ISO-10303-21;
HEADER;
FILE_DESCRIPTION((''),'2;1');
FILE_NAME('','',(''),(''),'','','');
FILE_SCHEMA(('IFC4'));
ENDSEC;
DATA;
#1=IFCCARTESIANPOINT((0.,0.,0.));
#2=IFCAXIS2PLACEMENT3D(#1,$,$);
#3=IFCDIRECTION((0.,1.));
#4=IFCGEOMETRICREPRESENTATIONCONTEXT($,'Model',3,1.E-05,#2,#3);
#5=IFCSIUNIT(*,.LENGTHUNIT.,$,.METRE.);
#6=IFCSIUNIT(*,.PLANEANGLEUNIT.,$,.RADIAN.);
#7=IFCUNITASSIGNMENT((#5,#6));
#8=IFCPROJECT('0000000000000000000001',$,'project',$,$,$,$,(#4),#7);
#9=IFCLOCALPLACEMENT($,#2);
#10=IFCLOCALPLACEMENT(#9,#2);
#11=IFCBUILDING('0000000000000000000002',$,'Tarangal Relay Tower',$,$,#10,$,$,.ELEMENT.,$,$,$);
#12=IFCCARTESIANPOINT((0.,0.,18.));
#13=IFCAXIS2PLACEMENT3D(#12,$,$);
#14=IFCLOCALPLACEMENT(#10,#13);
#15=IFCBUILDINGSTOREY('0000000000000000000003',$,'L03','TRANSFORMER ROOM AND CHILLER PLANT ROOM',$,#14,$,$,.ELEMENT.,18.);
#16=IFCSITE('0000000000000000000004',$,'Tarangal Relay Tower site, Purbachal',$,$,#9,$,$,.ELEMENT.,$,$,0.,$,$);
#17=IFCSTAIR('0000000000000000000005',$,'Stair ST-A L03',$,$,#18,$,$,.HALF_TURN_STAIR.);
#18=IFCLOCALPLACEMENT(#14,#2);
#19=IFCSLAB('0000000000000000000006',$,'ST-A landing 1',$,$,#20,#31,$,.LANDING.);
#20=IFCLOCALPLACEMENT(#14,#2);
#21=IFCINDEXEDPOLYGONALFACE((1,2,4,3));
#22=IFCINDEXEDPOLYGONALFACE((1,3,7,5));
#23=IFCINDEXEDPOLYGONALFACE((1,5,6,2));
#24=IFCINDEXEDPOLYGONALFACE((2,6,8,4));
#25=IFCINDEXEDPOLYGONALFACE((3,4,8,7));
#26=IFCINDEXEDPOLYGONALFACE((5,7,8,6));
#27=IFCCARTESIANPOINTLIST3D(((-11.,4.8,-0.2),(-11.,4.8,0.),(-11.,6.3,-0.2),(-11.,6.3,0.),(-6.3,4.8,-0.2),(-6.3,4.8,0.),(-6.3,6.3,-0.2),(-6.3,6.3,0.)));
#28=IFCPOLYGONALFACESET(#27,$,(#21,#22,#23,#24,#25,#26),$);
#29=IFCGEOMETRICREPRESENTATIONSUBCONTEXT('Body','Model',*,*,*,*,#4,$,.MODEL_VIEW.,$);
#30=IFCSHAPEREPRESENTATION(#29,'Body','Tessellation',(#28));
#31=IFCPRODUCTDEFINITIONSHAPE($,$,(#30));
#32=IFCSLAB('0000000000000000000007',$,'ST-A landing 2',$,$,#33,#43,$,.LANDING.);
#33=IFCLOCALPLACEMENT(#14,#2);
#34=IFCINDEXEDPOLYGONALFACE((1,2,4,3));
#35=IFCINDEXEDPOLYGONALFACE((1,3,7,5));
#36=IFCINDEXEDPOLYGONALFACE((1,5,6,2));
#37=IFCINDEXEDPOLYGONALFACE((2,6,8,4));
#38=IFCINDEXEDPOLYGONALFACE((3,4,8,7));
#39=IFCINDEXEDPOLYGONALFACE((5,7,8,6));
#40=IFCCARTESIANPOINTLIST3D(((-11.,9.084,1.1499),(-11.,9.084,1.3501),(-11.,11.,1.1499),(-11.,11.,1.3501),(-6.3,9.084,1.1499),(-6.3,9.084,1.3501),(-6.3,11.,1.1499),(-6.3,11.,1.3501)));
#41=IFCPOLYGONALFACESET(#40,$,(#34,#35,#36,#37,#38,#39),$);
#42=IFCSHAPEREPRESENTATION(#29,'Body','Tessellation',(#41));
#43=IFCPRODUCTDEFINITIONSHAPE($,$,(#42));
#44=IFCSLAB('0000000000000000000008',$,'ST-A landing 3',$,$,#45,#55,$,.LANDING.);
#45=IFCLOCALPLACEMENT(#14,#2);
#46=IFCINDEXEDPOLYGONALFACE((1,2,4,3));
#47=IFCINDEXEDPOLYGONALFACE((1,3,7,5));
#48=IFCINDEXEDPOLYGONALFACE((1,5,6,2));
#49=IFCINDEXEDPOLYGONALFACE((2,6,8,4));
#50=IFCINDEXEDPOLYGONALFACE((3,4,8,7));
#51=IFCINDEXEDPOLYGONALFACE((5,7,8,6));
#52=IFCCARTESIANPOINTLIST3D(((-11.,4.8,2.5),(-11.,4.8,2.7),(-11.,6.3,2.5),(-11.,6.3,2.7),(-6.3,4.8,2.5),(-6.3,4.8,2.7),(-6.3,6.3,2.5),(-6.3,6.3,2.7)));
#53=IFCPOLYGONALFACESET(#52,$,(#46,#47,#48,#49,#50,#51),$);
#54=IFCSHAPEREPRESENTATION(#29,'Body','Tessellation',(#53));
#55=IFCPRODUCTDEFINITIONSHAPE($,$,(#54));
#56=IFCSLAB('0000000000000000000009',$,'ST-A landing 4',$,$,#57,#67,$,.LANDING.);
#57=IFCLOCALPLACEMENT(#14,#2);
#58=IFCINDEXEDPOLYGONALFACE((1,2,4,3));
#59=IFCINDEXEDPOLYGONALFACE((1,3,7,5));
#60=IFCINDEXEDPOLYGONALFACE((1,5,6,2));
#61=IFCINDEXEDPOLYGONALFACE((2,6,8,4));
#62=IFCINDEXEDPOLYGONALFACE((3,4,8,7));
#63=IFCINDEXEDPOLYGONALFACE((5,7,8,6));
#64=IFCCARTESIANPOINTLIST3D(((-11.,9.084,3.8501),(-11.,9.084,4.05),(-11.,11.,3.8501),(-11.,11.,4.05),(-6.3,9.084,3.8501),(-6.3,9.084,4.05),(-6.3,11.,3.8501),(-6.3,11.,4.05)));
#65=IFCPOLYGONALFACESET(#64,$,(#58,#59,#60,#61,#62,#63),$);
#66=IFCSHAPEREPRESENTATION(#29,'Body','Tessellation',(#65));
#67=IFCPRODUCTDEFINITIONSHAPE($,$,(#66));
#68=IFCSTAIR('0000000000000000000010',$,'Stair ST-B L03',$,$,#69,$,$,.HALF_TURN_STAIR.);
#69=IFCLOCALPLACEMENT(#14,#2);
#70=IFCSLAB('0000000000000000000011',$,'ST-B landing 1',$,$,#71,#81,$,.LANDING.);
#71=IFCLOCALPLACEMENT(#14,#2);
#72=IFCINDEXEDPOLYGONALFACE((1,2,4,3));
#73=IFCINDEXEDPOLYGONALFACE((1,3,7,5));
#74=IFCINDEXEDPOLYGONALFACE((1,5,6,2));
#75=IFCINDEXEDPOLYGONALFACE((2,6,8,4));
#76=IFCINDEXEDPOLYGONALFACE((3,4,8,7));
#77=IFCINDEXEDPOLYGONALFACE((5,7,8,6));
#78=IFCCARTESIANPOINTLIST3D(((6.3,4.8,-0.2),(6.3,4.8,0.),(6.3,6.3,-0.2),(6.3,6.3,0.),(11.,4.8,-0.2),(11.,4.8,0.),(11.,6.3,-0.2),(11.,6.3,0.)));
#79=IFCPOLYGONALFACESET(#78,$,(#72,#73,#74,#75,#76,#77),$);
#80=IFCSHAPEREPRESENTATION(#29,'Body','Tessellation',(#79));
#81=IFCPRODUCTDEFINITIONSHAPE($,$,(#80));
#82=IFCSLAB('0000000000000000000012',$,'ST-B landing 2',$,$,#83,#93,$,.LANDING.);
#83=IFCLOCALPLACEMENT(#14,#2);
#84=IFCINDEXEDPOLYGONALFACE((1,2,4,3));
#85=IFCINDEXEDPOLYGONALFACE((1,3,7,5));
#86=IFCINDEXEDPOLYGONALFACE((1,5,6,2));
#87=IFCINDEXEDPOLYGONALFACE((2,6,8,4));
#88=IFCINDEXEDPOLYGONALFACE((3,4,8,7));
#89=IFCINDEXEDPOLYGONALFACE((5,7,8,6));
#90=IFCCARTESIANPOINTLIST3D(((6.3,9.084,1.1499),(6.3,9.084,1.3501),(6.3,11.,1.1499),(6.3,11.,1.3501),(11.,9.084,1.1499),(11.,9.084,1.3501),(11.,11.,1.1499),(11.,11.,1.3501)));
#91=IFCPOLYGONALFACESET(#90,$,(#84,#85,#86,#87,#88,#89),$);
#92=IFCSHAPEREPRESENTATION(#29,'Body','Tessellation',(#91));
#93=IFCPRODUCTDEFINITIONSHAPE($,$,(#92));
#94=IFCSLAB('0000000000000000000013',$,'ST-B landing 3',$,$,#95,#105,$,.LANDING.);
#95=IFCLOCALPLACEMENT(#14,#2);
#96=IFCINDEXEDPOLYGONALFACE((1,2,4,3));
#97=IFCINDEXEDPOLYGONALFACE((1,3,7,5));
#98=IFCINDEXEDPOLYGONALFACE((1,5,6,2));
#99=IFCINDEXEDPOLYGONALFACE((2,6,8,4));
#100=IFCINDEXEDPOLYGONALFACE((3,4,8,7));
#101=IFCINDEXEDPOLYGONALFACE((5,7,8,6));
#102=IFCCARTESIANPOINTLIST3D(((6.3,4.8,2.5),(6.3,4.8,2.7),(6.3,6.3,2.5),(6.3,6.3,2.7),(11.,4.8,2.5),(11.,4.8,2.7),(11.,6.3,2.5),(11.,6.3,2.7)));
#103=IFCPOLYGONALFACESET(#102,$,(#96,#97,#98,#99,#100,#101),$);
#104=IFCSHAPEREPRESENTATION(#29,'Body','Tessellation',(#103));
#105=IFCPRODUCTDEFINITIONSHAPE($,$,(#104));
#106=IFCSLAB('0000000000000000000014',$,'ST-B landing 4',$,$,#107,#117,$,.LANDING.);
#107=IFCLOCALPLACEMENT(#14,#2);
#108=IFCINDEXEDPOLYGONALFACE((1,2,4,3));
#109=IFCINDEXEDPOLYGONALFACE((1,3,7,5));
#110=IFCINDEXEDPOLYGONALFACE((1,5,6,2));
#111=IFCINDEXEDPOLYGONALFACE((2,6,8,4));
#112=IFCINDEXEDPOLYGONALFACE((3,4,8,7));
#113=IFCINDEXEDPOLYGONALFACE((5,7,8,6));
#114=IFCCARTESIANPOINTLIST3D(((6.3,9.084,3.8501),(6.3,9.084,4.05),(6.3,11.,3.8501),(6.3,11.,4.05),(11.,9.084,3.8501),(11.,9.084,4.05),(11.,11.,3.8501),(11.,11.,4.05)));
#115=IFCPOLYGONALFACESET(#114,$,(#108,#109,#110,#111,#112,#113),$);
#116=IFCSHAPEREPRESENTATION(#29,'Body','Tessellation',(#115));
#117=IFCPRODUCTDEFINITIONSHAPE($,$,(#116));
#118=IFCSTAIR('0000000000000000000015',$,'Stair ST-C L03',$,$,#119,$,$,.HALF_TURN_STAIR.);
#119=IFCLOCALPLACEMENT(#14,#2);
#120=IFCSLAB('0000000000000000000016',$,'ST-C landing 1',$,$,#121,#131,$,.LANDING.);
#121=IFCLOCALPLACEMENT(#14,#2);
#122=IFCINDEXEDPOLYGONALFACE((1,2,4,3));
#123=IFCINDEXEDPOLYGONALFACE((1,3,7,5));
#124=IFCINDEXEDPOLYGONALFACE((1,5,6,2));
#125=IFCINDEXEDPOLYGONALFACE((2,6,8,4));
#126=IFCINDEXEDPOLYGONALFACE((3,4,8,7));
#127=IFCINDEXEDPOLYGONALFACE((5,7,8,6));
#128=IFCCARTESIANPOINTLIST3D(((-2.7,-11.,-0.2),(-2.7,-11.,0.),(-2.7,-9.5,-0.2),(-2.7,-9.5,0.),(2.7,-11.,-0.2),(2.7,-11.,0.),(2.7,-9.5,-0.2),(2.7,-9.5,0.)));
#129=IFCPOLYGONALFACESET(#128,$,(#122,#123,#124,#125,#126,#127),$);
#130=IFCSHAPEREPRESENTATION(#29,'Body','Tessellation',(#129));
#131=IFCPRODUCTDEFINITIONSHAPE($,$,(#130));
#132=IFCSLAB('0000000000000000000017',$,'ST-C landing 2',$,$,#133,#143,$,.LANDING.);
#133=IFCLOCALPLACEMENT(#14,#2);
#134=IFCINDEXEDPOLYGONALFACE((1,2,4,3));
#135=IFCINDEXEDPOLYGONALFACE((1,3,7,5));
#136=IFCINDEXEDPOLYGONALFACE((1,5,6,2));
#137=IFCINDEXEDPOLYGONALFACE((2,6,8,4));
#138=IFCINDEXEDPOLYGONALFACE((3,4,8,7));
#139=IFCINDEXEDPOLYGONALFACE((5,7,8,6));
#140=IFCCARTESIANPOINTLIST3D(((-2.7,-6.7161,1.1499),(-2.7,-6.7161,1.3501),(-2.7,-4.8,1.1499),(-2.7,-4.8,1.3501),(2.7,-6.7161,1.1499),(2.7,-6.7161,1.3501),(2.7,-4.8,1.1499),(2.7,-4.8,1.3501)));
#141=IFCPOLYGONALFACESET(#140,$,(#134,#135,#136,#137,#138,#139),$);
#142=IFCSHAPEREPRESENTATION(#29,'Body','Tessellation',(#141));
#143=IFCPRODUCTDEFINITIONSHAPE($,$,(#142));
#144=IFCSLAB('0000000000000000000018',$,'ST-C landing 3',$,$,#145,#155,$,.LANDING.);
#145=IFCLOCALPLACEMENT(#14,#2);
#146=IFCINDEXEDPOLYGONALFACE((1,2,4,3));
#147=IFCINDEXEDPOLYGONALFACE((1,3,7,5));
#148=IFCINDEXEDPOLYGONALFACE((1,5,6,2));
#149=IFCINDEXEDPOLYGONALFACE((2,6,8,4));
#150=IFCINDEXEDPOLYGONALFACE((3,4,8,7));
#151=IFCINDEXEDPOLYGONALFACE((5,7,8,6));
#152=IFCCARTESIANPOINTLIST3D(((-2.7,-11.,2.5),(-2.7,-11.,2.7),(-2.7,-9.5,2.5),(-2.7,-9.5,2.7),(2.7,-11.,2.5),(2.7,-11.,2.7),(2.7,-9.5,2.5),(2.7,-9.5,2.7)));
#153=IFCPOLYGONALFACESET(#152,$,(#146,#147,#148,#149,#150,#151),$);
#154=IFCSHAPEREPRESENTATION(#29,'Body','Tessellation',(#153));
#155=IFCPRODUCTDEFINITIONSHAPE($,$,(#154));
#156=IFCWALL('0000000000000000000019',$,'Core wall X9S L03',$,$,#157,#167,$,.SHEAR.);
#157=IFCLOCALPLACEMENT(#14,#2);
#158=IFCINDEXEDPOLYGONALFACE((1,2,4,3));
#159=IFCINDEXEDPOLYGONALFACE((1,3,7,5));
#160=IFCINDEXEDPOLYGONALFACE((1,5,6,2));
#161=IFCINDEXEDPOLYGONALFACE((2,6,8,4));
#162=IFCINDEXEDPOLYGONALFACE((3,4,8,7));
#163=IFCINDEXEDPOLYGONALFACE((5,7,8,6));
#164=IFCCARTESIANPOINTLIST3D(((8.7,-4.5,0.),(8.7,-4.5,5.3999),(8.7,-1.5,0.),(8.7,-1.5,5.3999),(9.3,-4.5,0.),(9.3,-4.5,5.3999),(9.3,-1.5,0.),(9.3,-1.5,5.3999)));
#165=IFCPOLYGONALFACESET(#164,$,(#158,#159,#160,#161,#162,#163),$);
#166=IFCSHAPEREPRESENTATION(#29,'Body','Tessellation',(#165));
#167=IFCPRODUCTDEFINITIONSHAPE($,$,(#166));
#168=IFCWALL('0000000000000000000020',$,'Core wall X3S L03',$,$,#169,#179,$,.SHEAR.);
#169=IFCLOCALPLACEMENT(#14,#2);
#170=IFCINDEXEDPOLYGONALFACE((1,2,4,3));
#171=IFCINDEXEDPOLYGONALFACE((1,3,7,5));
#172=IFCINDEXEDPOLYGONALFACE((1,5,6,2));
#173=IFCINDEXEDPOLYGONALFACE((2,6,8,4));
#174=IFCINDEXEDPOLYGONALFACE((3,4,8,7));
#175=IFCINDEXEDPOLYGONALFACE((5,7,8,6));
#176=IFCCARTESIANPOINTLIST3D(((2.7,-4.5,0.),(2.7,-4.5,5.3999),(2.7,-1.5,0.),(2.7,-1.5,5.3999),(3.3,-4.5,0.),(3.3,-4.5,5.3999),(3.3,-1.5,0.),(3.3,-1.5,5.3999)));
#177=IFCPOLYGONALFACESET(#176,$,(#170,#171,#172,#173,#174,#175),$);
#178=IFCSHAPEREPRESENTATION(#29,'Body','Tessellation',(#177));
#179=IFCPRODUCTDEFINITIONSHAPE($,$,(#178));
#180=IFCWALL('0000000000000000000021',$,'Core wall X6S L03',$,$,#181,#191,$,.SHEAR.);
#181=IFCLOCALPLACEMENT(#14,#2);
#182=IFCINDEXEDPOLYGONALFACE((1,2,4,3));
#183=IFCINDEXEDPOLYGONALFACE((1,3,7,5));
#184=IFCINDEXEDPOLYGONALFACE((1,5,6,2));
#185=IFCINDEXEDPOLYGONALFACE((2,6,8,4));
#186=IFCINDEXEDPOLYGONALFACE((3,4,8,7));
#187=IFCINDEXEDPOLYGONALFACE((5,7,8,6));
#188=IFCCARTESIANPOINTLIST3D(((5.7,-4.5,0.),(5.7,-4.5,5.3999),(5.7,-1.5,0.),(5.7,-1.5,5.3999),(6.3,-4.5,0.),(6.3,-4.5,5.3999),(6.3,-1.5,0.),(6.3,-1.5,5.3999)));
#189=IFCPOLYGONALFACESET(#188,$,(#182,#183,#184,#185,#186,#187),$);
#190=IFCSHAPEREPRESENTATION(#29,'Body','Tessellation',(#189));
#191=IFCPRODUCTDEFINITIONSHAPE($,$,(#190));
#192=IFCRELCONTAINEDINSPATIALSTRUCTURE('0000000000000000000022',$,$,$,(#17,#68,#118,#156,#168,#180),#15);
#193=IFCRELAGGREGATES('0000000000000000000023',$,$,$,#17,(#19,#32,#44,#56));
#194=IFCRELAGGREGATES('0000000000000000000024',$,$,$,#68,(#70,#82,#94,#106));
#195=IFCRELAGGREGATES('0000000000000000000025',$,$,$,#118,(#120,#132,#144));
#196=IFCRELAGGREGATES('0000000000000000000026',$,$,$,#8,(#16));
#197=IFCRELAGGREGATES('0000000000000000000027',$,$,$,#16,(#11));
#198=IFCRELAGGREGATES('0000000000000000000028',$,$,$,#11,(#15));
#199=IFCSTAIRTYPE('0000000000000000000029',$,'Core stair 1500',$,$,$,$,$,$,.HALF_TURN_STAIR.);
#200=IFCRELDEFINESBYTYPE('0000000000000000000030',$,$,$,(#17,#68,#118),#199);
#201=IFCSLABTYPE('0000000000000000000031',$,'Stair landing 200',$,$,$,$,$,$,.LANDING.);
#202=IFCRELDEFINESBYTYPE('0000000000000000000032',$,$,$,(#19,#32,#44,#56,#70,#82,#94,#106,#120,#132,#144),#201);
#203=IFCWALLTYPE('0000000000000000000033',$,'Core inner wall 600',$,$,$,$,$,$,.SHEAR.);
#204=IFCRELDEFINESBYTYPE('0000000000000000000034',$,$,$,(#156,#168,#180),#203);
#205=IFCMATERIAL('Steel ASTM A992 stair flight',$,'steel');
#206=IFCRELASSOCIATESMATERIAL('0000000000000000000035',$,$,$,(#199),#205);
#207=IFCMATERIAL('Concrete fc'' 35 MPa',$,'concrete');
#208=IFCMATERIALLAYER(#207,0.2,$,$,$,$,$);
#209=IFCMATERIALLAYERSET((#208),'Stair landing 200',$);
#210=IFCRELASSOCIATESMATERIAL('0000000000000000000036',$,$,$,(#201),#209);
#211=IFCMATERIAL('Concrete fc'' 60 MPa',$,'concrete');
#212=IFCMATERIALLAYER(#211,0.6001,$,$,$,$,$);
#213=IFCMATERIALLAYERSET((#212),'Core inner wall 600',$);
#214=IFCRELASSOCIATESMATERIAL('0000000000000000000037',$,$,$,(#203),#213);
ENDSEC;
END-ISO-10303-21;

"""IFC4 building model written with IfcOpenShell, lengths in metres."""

from ifc_helpers import new_model, si_unit, direction, frame, frame_2d, origin, place, context, subcontext, project, spatial, polyline, rectangle, outline, extrude, material, layer, layer_set, type_object, element, aggregate, save


model = new_model("IFC4")

# Units and contexts
model_context = context("Model", 3, precision=1e-05, world=origin(), true_north=direction((0.0, 1.0)))
body_context = subcontext(model_context, "Body", "Model", "MODEL_VIEW")
ifc_project = project(units=[si_unit("LENGTHUNIT", "METRE"), si_unit("PLANEANGLEUNIT", "RADIAN")], contexts=[model_context])

# Site, building, storey
site_placement = place(None, origin())
site = spatial("IfcSite", under=ifc_project, at=site_placement, Name="Tarangal Relay Tower site, Purbachal", CompositionType="ELEMENT", RefElevation=0.0)
building_placement = place(site_placement, origin())
building = spatial("IfcBuilding", under=site, at=building_placement, Name="Tarangal Relay Tower", CompositionType="ELEMENT")
storey_placement = place(building_placement, frame((0.0, 0.0, 18.0)))
storey = spatial("IfcBuildingStorey", under=building, at=storey_placement, Name="L03", Description="TRANSFORMER ROOM AND CHILLER PLANT ROOM", CompositionType="ELEMENT", Elevation=18.0)

# Stairs, slabs
ifc_material_1 = material(Name="Steel ASTM A992 stair flight", Category="steel")
stair_type = type_object("IfcStairType", Name="Core stair 1500", PredefinedType="HALF_TURN_STAIR", material=ifc_material_1)
stair_1_placement = place(storey_placement, origin())
stair_1 = element("IfcStair", 1, at=stair_1_placement, inside=storey, type_object=stair_type, Name="Stair ST-A L03", PredefinedType="HALF_TURN_STAIR")
ifc_material_2 = material(Name="Concrete fc' 35 MPa", Category="concrete")
ifc_layer_1 = layer(ifc_material_2, 0.2)
ifc_layer_set_1 = layer_set([ifc_layer_1], Name="Stair landing 200")
slab_type = type_object("IfcSlabType", Name="Stair landing 200", PredefinedType="LANDING", material=ifc_layer_set_1)
slab_1_placement = place(storey_placement, frame((0.0, 0.0, -0.2)))
slab_1 = element("IfcSlab", 2, at=slab_1_placement, type_object=slab_type, Name="ST-A landing 1", PredefinedType="LANDING", context=body_context, shape_type="SweptSolid", body=[
    extrude(outline(polyline([(-11.0, 4.8), (-6.3, 4.8), (-6.3, 6.3), (-11.0, 6.3), (-11.0, 4.8)])), origin(), (0.0, 0.0, 1.0), 0.2),
])
slab_2_placement = place(storey_placement, frame((0.0, 0.0, 1.1499)))
slab_2 = element("IfcSlab", 3, at=slab_2_placement, type_object=slab_type, Name="ST-A landing 2", PredefinedType="LANDING", context=body_context, shape_type="SweptSolid", body=[
    extrude(outline(polyline([(-11.0, 9.084), (-6.3, 9.084), (-6.3, 11.0), (-11.0, 11.0), (-11.0, 9.084)])), origin(), (0.0, 0.0, 1.0), 0.2002),
])
slab_3_placement = place(storey_placement, frame((0.0, 0.0, 2.5)))
slab_3 = element("IfcSlab", 4, at=slab_3_placement, type_object=slab_type, Name="ST-A landing 3", PredefinedType="LANDING", context=body_context, shape_type="SweptSolid", body=[
    extrude(outline(polyline([(-11.0, 4.8), (-6.3, 4.8), (-6.3, 6.3), (-11.0, 6.3), (-11.0, 4.8)])), origin(), (0.0, 0.0, 1.0), 0.2),
])
slab_4_placement = place(storey_placement, frame((0.0, 0.0, 3.8501)))
slab_4 = element("IfcSlab", 5, at=slab_4_placement, type_object=slab_type, Name="ST-A landing 4", PredefinedType="LANDING", context=body_context, shape_type="SweptSolid", body=[
    extrude(outline(polyline([(-11.0, 9.084), (-6.3, 9.084), (-6.3, 11.0), (-11.0, 11.0), (-11.0, 9.084)])), origin(), (0.0, 0.0, 1.0), 0.2),
])
aggregate(stair_1, [slab_1, slab_2, slab_3, slab_4])
stair_2_placement = place(storey_placement, origin())
stair_2 = element("IfcStair", 6, at=stair_2_placement, inside=storey, type_object=stair_type, Name="Stair ST-B L03", PredefinedType="HALF_TURN_STAIR")
slab_5_placement = place(storey_placement, frame((0.0, 0.0, -0.2)))
slab_5 = element("IfcSlab", 7, at=slab_5_placement, type_object=slab_type, Name="ST-B landing 1", PredefinedType="LANDING", context=body_context, shape_type="SweptSolid", body=[
    extrude(outline(polyline([(6.3, 4.8), (11.0, 4.8), (11.0, 6.3), (6.3, 6.3), (6.3, 4.8)])), origin(), (0.0, 0.0, 1.0), 0.2),
])
slab_6_placement = place(storey_placement, frame((0.0, 0.0, 1.1499)))
slab_6 = element("IfcSlab", 8, at=slab_6_placement, type_object=slab_type, Name="ST-B landing 2", PredefinedType="LANDING", context=body_context, shape_type="SweptSolid", body=[
    extrude(outline(polyline([(6.3, 9.084), (11.0, 9.084), (11.0, 11.0), (6.3, 11.0), (6.3, 9.084)])), origin(), (0.0, 0.0, 1.0), 0.2002),
])
slab_7_placement = place(storey_placement, frame((0.0, 0.0, 2.5)))
slab_7 = element("IfcSlab", 9, at=slab_7_placement, type_object=slab_type, Name="ST-B landing 3", PredefinedType="LANDING", context=body_context, shape_type="SweptSolid", body=[
    extrude(outline(polyline([(6.3, 4.8), (11.0, 4.8), (11.0, 6.3), (6.3, 6.3), (6.3, 4.8)])), origin(), (0.0, 0.0, 1.0), 0.2),
])
slab_8_placement = place(storey_placement, frame((0.0, 0.0, 3.8501)))
slab_8 = element("IfcSlab", 10, at=slab_8_placement, type_object=slab_type, Name="ST-B landing 4", PredefinedType="LANDING", context=body_context, shape_type="SweptSolid", body=[
    extrude(outline(polyline([(6.3, 9.084), (11.0, 9.084), (11.0, 11.0), (6.3, 11.0), (6.3, 9.084)])), origin(), (0.0, 0.0, 1.0), 0.2),
])
aggregate(stair_2, [slab_5, slab_6, slab_7, slab_8])
stair_3_placement = place(storey_placement, origin())
stair_3 = element("IfcStair", 11, at=stair_3_placement, inside=storey, type_object=stair_type, Name="Stair ST-C L03", PredefinedType="HALF_TURN_STAIR")
slab_9_placement = place(storey_placement, frame((0.0, 0.0, -0.2)))
slab_9 = element("IfcSlab", 12, at=slab_9_placement, type_object=slab_type, Name="ST-C landing 1", PredefinedType="LANDING", context=body_context, shape_type="SweptSolid", body=[
    extrude(outline(polyline([(-2.7, -11.0), (2.7, -11.0), (2.7, -9.5), (-2.7, -9.5), (-2.7, -11.0)])), origin(), (0.0, 0.0, 1.0), 0.2),
])
slab_10_placement = place(storey_placement, frame((0.0, 0.0, 1.1499)))
slab_10 = element("IfcSlab", 13, at=slab_10_placement, type_object=slab_type, Name="ST-C landing 2", PredefinedType="LANDING", context=body_context, shape_type="SweptSolid", body=[
    extrude(outline(polyline([(-2.7, -6.7161), (2.7, -6.7161), (2.7, -4.8), (-2.7, -4.8), (-2.7, -6.7161)])), origin(), (0.0, 0.0, 1.0), 0.2002),
])
slab_11_placement = place(storey_placement, frame((0.0, 0.0, 2.5)))
slab_11 = element("IfcSlab", 14, at=slab_11_placement, type_object=slab_type, Name="ST-C landing 3", PredefinedType="LANDING", context=body_context, shape_type="SweptSolid", body=[
    extrude(outline(polyline([(-2.7, -11.0), (2.7, -11.0), (2.7, -9.5), (-2.7, -9.5), (-2.7, -11.0)])), origin(), (0.0, 0.0, 1.0), 0.2),
])

# Walls
ifc_material_3 = material(Name="Concrete fc' 60 MPa", Category="concrete")
ifc_layer_2 = layer(ifc_material_3, 0.6001)
ifc_layer_set_2 = layer_set([ifc_layer_2], Name="Core inner wall 600")
wall_type_1 = type_object("IfcWallType", Name="Core inner wall 600", PredefinedType="SHEAR", material=ifc_layer_set_2)
for number, where, z_axis, x_axis, name in (
    (15, (9.0, -4.5, 0.0), (0.0, 0.0, 1.0), (0.0, 1.0, 0.0), "Core wall X9S L03"),
    (16, (3.0, -4.5, 0.0), (0.0, 0.0, 1.0), (0.0, 1.0, 0.0), "Core wall X3S L03"),
    (17, (6.0, -4.5, 0.0), (0.0, 0.0, 1.0), (0.0, 1.0, 0.0), "Core wall X6S L03"),
):
    element("IfcWall", number, at=place(storey_placement, frame(where, z_axis=z_axis, x_axis=x_axis)), inside=storey, type_object=wall_type_1, Name=name, PredefinedType="SHEAR", context=body_context, shape_type="SweptSolid", body=[
        extrude(rectangle(XDim=3.0, YDim=0.6001, at=frame_2d((1.5, 0.0))), origin(), (0.0, 0.0, 1.0), 5.3999),
    ])

aggregate(stair_3, [slab_9, slab_10, slab_11])

save(model, "model.ifc")
